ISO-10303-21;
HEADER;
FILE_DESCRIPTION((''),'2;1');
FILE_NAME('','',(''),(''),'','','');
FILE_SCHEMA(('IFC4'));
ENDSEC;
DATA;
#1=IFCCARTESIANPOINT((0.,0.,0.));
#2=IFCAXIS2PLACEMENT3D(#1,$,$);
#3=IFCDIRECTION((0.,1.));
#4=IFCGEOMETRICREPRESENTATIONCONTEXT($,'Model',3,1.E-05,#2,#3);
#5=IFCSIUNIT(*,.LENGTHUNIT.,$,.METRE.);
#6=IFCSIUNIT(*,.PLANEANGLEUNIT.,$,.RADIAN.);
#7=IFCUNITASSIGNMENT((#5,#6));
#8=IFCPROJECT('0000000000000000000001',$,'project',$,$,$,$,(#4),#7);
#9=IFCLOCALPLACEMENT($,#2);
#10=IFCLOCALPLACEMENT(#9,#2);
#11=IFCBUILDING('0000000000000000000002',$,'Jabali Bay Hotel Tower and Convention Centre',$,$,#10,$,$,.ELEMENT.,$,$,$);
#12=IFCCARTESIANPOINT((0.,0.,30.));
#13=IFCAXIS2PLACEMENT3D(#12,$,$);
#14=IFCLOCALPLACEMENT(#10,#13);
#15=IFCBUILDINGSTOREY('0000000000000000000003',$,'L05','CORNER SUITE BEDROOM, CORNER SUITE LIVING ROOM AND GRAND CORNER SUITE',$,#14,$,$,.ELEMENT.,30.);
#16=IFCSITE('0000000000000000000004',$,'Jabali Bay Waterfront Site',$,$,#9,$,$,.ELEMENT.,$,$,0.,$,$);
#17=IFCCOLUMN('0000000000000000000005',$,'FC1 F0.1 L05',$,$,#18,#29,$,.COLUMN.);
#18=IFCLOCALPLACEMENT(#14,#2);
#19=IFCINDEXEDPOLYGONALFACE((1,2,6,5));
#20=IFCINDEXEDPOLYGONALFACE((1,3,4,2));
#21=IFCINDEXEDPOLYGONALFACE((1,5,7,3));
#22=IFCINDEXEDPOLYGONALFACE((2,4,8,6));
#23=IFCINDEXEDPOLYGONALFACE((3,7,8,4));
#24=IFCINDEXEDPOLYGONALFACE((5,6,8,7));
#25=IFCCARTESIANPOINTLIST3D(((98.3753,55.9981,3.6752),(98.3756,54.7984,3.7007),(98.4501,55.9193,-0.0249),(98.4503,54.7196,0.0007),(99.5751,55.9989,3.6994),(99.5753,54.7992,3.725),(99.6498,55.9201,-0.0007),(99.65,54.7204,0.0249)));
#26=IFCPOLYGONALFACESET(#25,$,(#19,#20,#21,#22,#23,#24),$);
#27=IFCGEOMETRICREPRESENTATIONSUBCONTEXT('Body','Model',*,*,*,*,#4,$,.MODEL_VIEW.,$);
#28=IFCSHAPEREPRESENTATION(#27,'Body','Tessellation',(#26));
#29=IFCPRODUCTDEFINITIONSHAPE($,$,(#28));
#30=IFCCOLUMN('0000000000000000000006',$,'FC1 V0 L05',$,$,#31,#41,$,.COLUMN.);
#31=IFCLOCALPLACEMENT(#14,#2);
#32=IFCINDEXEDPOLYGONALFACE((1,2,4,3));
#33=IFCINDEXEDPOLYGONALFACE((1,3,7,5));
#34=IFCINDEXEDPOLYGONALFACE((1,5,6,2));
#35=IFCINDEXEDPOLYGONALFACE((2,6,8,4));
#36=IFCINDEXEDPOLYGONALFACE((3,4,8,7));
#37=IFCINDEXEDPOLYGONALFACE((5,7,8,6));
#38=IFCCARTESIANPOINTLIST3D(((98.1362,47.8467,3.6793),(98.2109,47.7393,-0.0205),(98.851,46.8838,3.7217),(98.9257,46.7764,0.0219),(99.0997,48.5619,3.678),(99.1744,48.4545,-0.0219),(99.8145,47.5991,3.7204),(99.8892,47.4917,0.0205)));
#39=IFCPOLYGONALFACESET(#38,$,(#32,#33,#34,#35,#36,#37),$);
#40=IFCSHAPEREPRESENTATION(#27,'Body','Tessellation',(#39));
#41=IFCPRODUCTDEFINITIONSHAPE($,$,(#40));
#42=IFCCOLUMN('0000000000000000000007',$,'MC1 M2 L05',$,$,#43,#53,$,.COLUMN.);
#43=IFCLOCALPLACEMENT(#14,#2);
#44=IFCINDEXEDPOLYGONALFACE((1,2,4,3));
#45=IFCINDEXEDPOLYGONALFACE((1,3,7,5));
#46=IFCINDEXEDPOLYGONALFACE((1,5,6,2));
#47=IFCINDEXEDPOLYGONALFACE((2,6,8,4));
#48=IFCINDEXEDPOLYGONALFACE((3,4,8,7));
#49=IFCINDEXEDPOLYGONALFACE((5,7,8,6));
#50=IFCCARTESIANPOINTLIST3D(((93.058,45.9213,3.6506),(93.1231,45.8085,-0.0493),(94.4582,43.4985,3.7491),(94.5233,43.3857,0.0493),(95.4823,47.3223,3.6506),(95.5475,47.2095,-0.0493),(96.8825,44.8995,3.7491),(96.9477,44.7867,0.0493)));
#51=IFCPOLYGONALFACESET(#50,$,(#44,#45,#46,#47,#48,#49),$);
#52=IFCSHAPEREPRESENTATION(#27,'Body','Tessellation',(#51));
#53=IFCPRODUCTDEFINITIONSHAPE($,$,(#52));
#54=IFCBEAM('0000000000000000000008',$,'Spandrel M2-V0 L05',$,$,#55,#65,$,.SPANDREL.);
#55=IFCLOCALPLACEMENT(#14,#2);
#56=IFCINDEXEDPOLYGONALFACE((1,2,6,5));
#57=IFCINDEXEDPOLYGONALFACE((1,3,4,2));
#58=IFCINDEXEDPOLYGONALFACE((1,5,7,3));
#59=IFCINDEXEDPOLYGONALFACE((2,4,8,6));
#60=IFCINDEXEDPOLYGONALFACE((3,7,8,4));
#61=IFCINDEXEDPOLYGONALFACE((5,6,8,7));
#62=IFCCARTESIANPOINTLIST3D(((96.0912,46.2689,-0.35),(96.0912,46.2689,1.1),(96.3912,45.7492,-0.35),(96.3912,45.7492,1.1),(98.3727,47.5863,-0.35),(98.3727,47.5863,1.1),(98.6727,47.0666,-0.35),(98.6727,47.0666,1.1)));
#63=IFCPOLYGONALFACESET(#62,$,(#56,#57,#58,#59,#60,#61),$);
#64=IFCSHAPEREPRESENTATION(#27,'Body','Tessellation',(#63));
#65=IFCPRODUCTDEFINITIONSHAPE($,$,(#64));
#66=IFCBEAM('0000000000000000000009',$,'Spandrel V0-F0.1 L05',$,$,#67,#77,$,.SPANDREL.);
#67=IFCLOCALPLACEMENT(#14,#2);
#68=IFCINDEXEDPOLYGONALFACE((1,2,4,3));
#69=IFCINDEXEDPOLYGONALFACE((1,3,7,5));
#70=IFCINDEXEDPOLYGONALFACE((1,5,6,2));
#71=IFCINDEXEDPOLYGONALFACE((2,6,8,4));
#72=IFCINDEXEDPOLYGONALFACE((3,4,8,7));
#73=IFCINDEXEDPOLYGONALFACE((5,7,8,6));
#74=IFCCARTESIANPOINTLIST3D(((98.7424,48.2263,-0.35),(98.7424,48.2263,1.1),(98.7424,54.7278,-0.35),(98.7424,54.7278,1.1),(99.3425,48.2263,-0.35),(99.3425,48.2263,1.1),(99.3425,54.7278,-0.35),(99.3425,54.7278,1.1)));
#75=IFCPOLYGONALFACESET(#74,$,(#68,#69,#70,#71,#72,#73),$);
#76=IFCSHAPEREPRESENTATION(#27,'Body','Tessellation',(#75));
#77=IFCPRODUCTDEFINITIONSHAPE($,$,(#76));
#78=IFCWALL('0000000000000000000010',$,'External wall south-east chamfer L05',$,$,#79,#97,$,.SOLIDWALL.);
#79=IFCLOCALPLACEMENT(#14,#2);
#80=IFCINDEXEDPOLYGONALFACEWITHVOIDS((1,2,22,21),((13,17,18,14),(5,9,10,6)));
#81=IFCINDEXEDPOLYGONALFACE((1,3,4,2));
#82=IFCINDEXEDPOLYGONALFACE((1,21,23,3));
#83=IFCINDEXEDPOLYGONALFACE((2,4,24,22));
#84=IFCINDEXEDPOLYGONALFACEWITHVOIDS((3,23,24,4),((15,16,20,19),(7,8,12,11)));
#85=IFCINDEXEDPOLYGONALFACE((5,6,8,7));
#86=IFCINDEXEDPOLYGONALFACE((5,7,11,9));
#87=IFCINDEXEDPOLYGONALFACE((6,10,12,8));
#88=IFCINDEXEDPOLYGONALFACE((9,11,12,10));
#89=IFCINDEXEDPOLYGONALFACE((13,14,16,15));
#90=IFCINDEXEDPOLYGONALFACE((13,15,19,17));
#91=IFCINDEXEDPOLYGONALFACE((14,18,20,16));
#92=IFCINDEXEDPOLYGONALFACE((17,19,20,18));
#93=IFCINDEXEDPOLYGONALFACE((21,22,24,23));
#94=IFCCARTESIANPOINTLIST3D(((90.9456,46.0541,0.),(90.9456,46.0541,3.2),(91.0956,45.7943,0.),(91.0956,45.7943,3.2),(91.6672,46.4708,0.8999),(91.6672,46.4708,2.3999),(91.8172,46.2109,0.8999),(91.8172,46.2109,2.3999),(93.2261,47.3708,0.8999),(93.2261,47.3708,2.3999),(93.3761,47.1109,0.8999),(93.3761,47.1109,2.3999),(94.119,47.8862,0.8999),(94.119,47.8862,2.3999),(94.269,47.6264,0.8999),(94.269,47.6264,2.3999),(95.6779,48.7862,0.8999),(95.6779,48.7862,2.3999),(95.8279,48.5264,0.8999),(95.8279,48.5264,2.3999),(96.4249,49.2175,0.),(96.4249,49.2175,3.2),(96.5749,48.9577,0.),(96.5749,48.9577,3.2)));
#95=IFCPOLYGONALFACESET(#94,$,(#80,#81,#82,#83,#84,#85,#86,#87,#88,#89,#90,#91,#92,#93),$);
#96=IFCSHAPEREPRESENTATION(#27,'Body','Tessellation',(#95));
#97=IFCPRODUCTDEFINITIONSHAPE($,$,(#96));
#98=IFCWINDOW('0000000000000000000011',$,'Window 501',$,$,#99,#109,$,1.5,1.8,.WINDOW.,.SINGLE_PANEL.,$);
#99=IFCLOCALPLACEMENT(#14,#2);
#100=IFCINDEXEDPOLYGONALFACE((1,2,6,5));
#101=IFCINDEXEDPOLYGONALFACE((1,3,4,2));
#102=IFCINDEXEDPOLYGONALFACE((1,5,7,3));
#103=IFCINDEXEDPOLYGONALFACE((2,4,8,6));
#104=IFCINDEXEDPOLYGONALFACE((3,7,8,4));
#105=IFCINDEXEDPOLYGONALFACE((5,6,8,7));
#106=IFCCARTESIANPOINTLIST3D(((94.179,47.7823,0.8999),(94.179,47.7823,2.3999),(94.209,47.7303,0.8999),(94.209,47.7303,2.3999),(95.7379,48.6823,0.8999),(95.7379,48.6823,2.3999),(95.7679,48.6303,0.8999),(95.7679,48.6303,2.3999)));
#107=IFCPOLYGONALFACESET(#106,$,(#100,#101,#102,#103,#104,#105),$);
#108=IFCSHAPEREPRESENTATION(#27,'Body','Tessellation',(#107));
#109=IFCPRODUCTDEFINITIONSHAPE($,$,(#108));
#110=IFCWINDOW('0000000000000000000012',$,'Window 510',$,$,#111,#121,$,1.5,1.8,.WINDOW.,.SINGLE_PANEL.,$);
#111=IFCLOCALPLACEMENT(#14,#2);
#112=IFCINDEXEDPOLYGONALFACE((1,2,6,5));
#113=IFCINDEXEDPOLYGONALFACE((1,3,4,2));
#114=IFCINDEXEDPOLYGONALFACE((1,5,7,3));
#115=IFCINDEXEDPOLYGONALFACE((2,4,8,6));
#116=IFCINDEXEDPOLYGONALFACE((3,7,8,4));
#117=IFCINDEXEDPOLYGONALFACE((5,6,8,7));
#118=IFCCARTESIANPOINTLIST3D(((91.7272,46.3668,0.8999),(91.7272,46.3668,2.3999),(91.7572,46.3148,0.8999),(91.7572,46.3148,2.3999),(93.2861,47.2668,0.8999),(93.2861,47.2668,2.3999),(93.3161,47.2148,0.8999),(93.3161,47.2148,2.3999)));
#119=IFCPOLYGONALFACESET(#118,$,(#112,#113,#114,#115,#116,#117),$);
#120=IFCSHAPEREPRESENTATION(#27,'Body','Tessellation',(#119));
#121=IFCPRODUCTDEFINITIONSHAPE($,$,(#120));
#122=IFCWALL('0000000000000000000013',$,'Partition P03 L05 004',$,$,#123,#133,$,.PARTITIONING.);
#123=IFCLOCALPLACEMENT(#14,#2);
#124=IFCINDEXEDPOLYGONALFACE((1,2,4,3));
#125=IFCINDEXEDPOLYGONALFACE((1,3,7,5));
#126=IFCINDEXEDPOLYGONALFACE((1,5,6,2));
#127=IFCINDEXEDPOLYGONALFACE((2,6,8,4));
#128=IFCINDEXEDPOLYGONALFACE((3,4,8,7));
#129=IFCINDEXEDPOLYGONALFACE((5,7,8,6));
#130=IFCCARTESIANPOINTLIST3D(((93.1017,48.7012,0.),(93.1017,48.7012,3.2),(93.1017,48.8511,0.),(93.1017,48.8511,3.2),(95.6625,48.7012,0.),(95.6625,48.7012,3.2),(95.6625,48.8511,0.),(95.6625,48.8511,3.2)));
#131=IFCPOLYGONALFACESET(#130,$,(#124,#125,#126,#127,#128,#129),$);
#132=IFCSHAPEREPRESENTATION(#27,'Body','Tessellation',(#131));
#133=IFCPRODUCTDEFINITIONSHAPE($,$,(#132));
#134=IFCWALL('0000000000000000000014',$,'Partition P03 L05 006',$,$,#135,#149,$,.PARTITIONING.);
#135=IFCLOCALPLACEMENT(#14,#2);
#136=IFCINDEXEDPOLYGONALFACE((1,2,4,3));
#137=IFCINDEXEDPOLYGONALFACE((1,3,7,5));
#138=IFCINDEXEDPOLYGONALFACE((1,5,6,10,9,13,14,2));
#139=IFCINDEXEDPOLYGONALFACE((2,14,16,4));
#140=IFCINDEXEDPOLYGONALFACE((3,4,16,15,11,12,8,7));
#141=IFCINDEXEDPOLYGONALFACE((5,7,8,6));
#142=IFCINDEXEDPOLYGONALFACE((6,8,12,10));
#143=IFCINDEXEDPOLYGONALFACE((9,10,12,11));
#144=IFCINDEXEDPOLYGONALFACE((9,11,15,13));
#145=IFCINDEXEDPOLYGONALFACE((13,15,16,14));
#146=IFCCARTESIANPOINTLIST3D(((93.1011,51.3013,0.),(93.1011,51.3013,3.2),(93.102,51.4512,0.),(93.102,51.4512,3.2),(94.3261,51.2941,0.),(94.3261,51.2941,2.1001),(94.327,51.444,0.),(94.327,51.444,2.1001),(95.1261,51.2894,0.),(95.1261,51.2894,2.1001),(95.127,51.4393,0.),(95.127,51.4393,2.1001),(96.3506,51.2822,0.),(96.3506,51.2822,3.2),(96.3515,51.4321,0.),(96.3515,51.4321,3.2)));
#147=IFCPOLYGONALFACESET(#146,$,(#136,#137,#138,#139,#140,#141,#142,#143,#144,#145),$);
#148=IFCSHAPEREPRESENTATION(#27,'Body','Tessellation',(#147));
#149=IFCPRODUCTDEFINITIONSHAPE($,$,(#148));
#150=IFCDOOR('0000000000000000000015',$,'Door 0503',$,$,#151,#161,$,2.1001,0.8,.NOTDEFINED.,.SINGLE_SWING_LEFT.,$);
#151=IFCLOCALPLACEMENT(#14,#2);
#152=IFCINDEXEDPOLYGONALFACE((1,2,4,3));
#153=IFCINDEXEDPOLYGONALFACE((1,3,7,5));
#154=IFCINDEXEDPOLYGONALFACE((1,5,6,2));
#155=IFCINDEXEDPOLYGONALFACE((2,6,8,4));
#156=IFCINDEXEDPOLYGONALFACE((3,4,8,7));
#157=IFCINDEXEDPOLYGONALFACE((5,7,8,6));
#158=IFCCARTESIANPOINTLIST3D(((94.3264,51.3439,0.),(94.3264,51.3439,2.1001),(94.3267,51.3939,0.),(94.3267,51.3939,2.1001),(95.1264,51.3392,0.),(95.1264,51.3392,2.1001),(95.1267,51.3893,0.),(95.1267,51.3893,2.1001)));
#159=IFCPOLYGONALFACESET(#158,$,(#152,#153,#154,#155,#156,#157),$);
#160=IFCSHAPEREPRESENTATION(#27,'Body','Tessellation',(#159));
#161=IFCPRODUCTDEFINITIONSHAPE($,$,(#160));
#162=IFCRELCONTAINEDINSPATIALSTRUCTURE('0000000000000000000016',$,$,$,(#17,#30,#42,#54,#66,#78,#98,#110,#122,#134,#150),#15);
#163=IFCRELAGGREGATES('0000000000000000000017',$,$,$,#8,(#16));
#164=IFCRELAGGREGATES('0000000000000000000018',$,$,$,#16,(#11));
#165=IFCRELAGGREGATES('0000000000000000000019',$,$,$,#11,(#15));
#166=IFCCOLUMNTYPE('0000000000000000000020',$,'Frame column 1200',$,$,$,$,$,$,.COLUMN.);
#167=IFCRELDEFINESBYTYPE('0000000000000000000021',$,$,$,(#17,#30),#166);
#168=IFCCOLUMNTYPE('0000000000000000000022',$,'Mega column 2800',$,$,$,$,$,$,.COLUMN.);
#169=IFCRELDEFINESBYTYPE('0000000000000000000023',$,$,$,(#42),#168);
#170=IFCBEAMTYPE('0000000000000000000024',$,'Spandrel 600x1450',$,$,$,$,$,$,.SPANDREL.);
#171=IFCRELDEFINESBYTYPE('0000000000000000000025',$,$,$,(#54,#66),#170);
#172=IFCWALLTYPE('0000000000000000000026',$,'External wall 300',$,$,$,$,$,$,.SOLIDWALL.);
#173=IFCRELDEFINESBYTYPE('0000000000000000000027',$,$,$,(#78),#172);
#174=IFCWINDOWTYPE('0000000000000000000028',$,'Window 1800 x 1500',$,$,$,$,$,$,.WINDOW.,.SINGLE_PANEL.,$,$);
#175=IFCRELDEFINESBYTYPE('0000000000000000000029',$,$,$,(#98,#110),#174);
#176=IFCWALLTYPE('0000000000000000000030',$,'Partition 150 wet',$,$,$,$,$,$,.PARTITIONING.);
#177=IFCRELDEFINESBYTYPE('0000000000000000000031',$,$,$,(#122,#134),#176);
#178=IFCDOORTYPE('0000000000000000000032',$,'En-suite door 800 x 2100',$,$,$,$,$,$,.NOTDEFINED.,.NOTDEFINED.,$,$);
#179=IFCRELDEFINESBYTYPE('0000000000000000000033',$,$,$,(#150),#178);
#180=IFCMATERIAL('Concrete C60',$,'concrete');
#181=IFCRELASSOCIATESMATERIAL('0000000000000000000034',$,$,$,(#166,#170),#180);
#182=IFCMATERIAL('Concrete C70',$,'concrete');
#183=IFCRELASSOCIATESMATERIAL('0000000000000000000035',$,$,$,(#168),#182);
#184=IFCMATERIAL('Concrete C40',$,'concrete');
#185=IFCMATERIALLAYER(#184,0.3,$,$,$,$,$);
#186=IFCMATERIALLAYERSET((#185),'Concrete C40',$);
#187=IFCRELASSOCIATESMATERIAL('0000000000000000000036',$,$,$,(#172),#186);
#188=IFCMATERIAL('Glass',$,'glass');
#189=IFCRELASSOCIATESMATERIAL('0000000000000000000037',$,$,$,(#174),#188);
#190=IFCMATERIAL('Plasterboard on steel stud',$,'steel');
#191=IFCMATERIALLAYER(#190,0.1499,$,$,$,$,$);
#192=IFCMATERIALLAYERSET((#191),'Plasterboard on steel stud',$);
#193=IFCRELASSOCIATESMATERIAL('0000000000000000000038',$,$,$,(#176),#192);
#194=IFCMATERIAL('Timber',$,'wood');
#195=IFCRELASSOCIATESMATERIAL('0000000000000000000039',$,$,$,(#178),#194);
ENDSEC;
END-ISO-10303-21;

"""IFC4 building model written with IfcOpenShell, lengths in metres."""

from ifc_helpers import new_model, si_unit, direction, frame, frame_2d, origin, origin_2d, place, context, subcontext, project, spatial, rectangle, extrude, material, layer, layer_set, material_profile, profile_set, type_object, element, fill, save


model = new_model("IFC4")

# Units and contexts
model_context = context("Model", 3, precision=1e-05, world=origin(), true_north=direction((0.0, 1.0)))
body_context = subcontext(model_context, "Body", "Model", "MODEL_VIEW")
ifc_project = project(units=[si_unit("LENGTHUNIT", "METRE"), si_unit("PLANEANGLEUNIT", "RADIAN")], contexts=[model_context])

# Site, building, storey
site_placement = place(None, origin())
site = spatial("IfcSite", under=ifc_project, at=site_placement, Name="Jabali Bay Waterfront Site", CompositionType="ELEMENT", RefElevation=0.0)
building_placement = place(site_placement, origin())
building = spatial("IfcBuilding", under=site, at=building_placement, Name="Jabali Bay Hotel Tower and Convention Centre", CompositionType="ELEMENT")
storey_placement = place(building_placement, frame((0.0, 0.0, 30.0)))
storey = spatial("IfcBuildingStorey", under=building, at=storey_placement, Name="L05", Description="CORNER SUITE BEDROOM, CORNER SUITE LIVING ROOM AND GRAND CORNER SUITE", CompositionType="ELEMENT", Elevation=30.0)

# Columns
ifc_material_1 = material(Name="Concrete C60", Category="concrete")
ifc_material_profile_1 = material_profile(ifc_material_1, rectangle(XDim=1.2, YDim=1.2, at=origin_2d()), Name="Frame column 1200")
ifc_profile_set_1 = profile_set([ifc_material_profile_1], Name="Concrete C60")
column_type_1 = type_object("IfcColumnType", Name="Frame column 1200", PredefinedType="COLUMN", material=ifc_profile_set_1)
column_1_placement = place(storey_placement, frame((99.05, 55.3198, 0.0), z_axis=(-0.020183, 0.021304, 0.999569), x_axis=(0.000228, -0.999773, 0.021313)))
element("IfcColumn", 1, at=column_1_placement, inside=storey, type_object=column_type_1, Name="FC1 F0.1 L05", PredefinedType="COLUMN", context=body_context, shape_type="SweptSolid", body=[
    extrude(rectangle(XDim=1.2, YDim=1.2, at=origin_2d()), origin(), (0.0, 0.0, 1.0), 3.7017),
])
column_2_placement = place(storey_placement, frame((99.05, 47.6155, 0.0), z_axis=(-0.020179, 0.029015, 0.999375), x_axis=(-0.802931, -0.596071, 0.001094)))
element("IfcColumn", 2, at=column_2_placement, inside=storey, type_object=column_type_1, Name="FC1 V0 L05", PredefinedType="COLUMN", context=body_context, shape_type="SweptSolid", body=[
    extrude(rectangle(XDim=1.2, YDim=1.2, at=origin_2d()), origin(), (0.0, 0.0, 1.0), 3.7021),
])
ifc_material_2 = material(Name="Concrete C70", Category="concrete")
ifc_material_profile_2 = material_profile(ifc_material_2, rectangle(XDim=2.8, YDim=2.8, at=origin_2d()), Name="Mega column 2800")
ifc_profile_set_2 = profile_set([ifc_material_profile_2], Name="Concrete C70")
column_type_2 = type_object("IfcColumnType", Name="Mega column 2800", PredefinedType="COLUMN", material=ifc_profile_set_2)
column_3_placement = place(storey_placement, frame((95.0354, 45.2976, 0.0), z_axis=(-0.017607, 0.030466, 0.999381), x_axis=(-0.865809, -0.500375, 0.0)))
element("IfcColumn", 3, at=column_3_placement, inside=storey, type_object=column_type_2, Name="MC1 M2 L05", PredefinedType="COLUMN", context=body_context, shape_type="SweptSolid", body=[
    extrude(rectangle(XDim=2.8, YDim=2.8, at=origin_2d()), origin(), (0.0, 0.0, 1.0), 3.7021),
])

# Beams
ifc_material_profile_3 = material_profile(ifc_material_1, rectangle(XDim=0.6001, YDim=1.45, at=origin_2d()), Name="Spandrel 600x1450")
ifc_profile_set_3 = profile_set([ifc_material_profile_3], Name="Concrete C60")
beam_type = type_object("IfcBeamType", Name="Spandrel 600x1450", PredefinedType="SPANDREL", material=ifc_profile_set_3)
beam_1_placement = place(storey_placement, frame((96.2412, 46.009, 0.375), z_axis=(0.865999, 0.500046, 0.0), x_axis=(-0.500046, 0.865999, 0.0)))
element("IfcBeam", 4, at=beam_1_placement, inside=storey, type_object=beam_type, Name="Spandrel M2-V0 L05", PredefinedType="SPANDREL", context=body_context, shape_type="SweptSolid", body=[
    extrude(rectangle(XDim=0.6001, YDim=1.45, at=origin_2d()), origin(), (0.0, 0.0, 1.0), 2.6345),
])
beam_2_placement = place(storey_placement, frame((99.0425, 48.2263, 0.375), z_axis=(0.0, 1.0, 0.0), x_axis=(-1.0, 0.0, 0.0)))
element("IfcBeam", 5, at=beam_2_placement, inside=storey, type_object=beam_type, Name="Spandrel V0-F0.1 L05", PredefinedType="SPANDREL", context=body_context, shape_type="SweptSolid", body=[
    extrude(rectangle(XDim=0.6001, YDim=1.45, at=origin_2d()), origin(), (0.0, 0.0, 1.0), 6.5015),
])

# Wall, openings, windows
ifc_material_3 = material(Name="Concrete C40", Category="concrete")
ifc_layer_1 = layer(ifc_material_3, 0.3)
ifc_layer_set_1 = layer_set([ifc_layer_1], Name="Concrete C40")
wall_type_1 = type_object("IfcWallType", Name="External wall 300", PredefinedType="SOLIDWALL", material=ifc_layer_set_1)
wall_1_placement = place(storey_placement, frame((96.5, 49.0876, 0.0), z_axis=(0.0, 0.0, 1.0), x_axis=(-0.866033, -0.499986, 0.0)))
wall_1 = element("IfcWall", 6, at=wall_1_placement, inside=storey, type_object=wall_type_1, Name="External wall south-east chamfer L05", PredefinedType="SOLIDWALL", context=body_context, shape_type="SweptSolid", body=[
    extrude(rectangle(XDim=6.3269, YDim=0.3, at=frame_2d((3.1636, 0.0))), origin(), (0.0, 0.0, 1.0), 3.2),
])
opening_1_placement = place(wall_1_placement, frame((0.8628, 0.0, 0.8999)))
opening_1 = element("IfcOpeningElement", 7, at=opening_1_placement, cuts=wall_1, PredefinedType="OPENING", context=body_context, shape_type="SweptSolid", body=[
    extrude(rectangle(XDim=1.8, YDim=1.5, at=frame_2d((0.8999, 0.75))), frame((0.0, 0.1606, 0.0), z_axis=(0.0, -1.0, 0.0), x_axis=(1.0, 0.0, 0.0)), (0.0, 0.0, 1.0), 0.321),
])
opening_2_placement = place(wall_1_placement, frame((3.6938, 0.0, 0.8999)))
opening_2 = element("IfcOpeningElement", 8, at=opening_2_placement, cuts=wall_1, PredefinedType="OPENING", context=body_context, shape_type="SweptSolid", body=[
    extrude(rectangle(XDim=1.8, YDim=1.5, at=frame_2d((0.8999, 0.75))), frame((0.0, 0.1606, 0.0), z_axis=(0.0, -1.0, 0.0), x_axis=(1.0, 0.0, 0.0)), (0.0, 0.0, 1.0), 0.321),
])
ifc_material_4 = material(Name="Glass", Category="glass")
window_type = type_object("IfcWindowType", Name="Window 1800 x 1500", PartitioningType="SINGLE_PANEL", PredefinedType="WINDOW", material=ifc_material_4)
window_1_placement = place(opening_1_placement, origin())
window_1 = element("IfcWindow", 9, at=window_1_placement, inside=storey, type_object=window_type, Name="Window 501", OverallHeight=1.5, OverallWidth=1.8, PartitioningType="SINGLE_PANEL", PredefinedType="WINDOW", context=body_context, shape_type="SweptSolid", body=[
    extrude(rectangle(XDim=1.8, YDim=1.5, at=frame_2d((0.8999, 0.75))), frame((0.0, 0.03, 0.0), z_axis=(0.0, -1.0, 0.0), x_axis=(1.0, 0.0, 0.0)), (0.0, 0.0, 1.0), 0.0601),
])
fill(opening_1, window_1)
window_2_placement = place(opening_2_placement, origin())
window_2 = element("IfcWindow", 10, at=window_2_placement, inside=storey, type_object=window_type, Name="Window 510", OverallHeight=1.5, OverallWidth=1.8, PartitioningType="SINGLE_PANEL", PredefinedType="WINDOW", context=body_context, shape_type="SweptSolid", body=[
    extrude(rectangle(XDim=1.8, YDim=1.5, at=frame_2d((0.8999, 0.75))), frame((0.0, 0.03, 0.0), z_axis=(0.0, -1.0, 0.0), x_axis=(1.0, 0.0, 0.0)), (0.0, 0.0, 1.0), 0.0601),
])
fill(opening_2, window_2)

# Wall
ifc_material_5 = material(Name="Plasterboard on steel stud", Category="steel")
ifc_layer_2 = layer(ifc_material_5, 0.1499)
ifc_layer_set_2 = layer_set([ifc_layer_2], Name="Plasterboard on steel stud")
wall_type_2 = type_object("IfcWallType", Name="Partition 150 wet", PredefinedType="PARTITIONING", material=ifc_layer_set_2)
wall_2_placement = place(storey_placement, frame((95.6624, 48.7761, 0.0), z_axis=(0.0, 0.0, 1.0), x_axis=(-1.0, 0.0, 0.0)))
element("IfcWall", 11, at=wall_2_placement, inside=storey, type_object=wall_type_2, Name="Partition P03 L05 004", PredefinedType="PARTITIONING", context=body_context, shape_type="SweptSolid", body=[
    extrude(rectangle(XDim=2.5608, YDim=0.1499, at=frame_2d((1.2803, 0.0))), origin(), (0.0, 0.0, 1.0), 3.2),
])

# Wall, opening, door
wall_3_placement = place(storey_placement, frame((93.1016, 51.3762, 0.0), z_axis=(0.0, 0.0, 1.0), x_axis=(0.999983, -0.00586, 0.0)))
wall_3 = element("IfcWall", 12, at=wall_3_placement, inside=storey, type_object=wall_type_2, Name="Partition P03 L05 006", PredefinedType="PARTITIONING", context=body_context, shape_type="SweptSolid", body=[
    extrude(rectangle(XDim=3.2495, YDim=0.1499, at=frame_2d((1.6248, 0.0))), origin(), (0.0, 0.0, 1.0), 3.2),
])
opening_3_placement = place(wall_3_placement, frame((1.2251, 0.0, 0.0)))
opening_3 = element("IfcOpeningElement", 13, at=opening_3_placement, cuts=wall_3, PredefinedType="OPENING", context=body_context, shape_type="SweptSolid", body=[
    extrude(rectangle(XDim=0.8, YDim=2.1001, at=frame_2d((0.3999, 1.05))), frame((0.0, 0.0854, 0.0), z_axis=(0.0, -1.0, 0.0), x_axis=(1.0, 0.0, 0.0)), (0.0, 0.0, 1.0), 0.1709),
])
ifc_material_6 = material(Name="Timber", Category="wood")
door_type = type_object("IfcDoorType", Name="En-suite door 800 x 2100", OperationType="NOTDEFINED", PredefinedType="NOTDEFINED", material=ifc_material_6)
door_placement = place(opening_3_placement, origin())
door = element("IfcDoor", 14, at=door_placement, inside=storey, type_object=door_type, Name="Door 0503", OperationType="SINGLE_SWING_LEFT", OverallHeight=2.1001, OverallWidth=0.8, PredefinedType="NOTDEFINED", context=body_context, shape_type="SweptSolid", body=[
    extrude(rectangle(XDim=0.8, YDim=2.1001, at=frame_2d((0.3999, 1.05))), frame((0.0, 0.0249, 0.0), z_axis=(0.0, -1.0, 0.0), x_axis=(1.0, 0.0, 0.0)), (0.0, 0.0, 1.0), 0.05),
])
fill(opening_3, door)

save(model, "model.ifc")
